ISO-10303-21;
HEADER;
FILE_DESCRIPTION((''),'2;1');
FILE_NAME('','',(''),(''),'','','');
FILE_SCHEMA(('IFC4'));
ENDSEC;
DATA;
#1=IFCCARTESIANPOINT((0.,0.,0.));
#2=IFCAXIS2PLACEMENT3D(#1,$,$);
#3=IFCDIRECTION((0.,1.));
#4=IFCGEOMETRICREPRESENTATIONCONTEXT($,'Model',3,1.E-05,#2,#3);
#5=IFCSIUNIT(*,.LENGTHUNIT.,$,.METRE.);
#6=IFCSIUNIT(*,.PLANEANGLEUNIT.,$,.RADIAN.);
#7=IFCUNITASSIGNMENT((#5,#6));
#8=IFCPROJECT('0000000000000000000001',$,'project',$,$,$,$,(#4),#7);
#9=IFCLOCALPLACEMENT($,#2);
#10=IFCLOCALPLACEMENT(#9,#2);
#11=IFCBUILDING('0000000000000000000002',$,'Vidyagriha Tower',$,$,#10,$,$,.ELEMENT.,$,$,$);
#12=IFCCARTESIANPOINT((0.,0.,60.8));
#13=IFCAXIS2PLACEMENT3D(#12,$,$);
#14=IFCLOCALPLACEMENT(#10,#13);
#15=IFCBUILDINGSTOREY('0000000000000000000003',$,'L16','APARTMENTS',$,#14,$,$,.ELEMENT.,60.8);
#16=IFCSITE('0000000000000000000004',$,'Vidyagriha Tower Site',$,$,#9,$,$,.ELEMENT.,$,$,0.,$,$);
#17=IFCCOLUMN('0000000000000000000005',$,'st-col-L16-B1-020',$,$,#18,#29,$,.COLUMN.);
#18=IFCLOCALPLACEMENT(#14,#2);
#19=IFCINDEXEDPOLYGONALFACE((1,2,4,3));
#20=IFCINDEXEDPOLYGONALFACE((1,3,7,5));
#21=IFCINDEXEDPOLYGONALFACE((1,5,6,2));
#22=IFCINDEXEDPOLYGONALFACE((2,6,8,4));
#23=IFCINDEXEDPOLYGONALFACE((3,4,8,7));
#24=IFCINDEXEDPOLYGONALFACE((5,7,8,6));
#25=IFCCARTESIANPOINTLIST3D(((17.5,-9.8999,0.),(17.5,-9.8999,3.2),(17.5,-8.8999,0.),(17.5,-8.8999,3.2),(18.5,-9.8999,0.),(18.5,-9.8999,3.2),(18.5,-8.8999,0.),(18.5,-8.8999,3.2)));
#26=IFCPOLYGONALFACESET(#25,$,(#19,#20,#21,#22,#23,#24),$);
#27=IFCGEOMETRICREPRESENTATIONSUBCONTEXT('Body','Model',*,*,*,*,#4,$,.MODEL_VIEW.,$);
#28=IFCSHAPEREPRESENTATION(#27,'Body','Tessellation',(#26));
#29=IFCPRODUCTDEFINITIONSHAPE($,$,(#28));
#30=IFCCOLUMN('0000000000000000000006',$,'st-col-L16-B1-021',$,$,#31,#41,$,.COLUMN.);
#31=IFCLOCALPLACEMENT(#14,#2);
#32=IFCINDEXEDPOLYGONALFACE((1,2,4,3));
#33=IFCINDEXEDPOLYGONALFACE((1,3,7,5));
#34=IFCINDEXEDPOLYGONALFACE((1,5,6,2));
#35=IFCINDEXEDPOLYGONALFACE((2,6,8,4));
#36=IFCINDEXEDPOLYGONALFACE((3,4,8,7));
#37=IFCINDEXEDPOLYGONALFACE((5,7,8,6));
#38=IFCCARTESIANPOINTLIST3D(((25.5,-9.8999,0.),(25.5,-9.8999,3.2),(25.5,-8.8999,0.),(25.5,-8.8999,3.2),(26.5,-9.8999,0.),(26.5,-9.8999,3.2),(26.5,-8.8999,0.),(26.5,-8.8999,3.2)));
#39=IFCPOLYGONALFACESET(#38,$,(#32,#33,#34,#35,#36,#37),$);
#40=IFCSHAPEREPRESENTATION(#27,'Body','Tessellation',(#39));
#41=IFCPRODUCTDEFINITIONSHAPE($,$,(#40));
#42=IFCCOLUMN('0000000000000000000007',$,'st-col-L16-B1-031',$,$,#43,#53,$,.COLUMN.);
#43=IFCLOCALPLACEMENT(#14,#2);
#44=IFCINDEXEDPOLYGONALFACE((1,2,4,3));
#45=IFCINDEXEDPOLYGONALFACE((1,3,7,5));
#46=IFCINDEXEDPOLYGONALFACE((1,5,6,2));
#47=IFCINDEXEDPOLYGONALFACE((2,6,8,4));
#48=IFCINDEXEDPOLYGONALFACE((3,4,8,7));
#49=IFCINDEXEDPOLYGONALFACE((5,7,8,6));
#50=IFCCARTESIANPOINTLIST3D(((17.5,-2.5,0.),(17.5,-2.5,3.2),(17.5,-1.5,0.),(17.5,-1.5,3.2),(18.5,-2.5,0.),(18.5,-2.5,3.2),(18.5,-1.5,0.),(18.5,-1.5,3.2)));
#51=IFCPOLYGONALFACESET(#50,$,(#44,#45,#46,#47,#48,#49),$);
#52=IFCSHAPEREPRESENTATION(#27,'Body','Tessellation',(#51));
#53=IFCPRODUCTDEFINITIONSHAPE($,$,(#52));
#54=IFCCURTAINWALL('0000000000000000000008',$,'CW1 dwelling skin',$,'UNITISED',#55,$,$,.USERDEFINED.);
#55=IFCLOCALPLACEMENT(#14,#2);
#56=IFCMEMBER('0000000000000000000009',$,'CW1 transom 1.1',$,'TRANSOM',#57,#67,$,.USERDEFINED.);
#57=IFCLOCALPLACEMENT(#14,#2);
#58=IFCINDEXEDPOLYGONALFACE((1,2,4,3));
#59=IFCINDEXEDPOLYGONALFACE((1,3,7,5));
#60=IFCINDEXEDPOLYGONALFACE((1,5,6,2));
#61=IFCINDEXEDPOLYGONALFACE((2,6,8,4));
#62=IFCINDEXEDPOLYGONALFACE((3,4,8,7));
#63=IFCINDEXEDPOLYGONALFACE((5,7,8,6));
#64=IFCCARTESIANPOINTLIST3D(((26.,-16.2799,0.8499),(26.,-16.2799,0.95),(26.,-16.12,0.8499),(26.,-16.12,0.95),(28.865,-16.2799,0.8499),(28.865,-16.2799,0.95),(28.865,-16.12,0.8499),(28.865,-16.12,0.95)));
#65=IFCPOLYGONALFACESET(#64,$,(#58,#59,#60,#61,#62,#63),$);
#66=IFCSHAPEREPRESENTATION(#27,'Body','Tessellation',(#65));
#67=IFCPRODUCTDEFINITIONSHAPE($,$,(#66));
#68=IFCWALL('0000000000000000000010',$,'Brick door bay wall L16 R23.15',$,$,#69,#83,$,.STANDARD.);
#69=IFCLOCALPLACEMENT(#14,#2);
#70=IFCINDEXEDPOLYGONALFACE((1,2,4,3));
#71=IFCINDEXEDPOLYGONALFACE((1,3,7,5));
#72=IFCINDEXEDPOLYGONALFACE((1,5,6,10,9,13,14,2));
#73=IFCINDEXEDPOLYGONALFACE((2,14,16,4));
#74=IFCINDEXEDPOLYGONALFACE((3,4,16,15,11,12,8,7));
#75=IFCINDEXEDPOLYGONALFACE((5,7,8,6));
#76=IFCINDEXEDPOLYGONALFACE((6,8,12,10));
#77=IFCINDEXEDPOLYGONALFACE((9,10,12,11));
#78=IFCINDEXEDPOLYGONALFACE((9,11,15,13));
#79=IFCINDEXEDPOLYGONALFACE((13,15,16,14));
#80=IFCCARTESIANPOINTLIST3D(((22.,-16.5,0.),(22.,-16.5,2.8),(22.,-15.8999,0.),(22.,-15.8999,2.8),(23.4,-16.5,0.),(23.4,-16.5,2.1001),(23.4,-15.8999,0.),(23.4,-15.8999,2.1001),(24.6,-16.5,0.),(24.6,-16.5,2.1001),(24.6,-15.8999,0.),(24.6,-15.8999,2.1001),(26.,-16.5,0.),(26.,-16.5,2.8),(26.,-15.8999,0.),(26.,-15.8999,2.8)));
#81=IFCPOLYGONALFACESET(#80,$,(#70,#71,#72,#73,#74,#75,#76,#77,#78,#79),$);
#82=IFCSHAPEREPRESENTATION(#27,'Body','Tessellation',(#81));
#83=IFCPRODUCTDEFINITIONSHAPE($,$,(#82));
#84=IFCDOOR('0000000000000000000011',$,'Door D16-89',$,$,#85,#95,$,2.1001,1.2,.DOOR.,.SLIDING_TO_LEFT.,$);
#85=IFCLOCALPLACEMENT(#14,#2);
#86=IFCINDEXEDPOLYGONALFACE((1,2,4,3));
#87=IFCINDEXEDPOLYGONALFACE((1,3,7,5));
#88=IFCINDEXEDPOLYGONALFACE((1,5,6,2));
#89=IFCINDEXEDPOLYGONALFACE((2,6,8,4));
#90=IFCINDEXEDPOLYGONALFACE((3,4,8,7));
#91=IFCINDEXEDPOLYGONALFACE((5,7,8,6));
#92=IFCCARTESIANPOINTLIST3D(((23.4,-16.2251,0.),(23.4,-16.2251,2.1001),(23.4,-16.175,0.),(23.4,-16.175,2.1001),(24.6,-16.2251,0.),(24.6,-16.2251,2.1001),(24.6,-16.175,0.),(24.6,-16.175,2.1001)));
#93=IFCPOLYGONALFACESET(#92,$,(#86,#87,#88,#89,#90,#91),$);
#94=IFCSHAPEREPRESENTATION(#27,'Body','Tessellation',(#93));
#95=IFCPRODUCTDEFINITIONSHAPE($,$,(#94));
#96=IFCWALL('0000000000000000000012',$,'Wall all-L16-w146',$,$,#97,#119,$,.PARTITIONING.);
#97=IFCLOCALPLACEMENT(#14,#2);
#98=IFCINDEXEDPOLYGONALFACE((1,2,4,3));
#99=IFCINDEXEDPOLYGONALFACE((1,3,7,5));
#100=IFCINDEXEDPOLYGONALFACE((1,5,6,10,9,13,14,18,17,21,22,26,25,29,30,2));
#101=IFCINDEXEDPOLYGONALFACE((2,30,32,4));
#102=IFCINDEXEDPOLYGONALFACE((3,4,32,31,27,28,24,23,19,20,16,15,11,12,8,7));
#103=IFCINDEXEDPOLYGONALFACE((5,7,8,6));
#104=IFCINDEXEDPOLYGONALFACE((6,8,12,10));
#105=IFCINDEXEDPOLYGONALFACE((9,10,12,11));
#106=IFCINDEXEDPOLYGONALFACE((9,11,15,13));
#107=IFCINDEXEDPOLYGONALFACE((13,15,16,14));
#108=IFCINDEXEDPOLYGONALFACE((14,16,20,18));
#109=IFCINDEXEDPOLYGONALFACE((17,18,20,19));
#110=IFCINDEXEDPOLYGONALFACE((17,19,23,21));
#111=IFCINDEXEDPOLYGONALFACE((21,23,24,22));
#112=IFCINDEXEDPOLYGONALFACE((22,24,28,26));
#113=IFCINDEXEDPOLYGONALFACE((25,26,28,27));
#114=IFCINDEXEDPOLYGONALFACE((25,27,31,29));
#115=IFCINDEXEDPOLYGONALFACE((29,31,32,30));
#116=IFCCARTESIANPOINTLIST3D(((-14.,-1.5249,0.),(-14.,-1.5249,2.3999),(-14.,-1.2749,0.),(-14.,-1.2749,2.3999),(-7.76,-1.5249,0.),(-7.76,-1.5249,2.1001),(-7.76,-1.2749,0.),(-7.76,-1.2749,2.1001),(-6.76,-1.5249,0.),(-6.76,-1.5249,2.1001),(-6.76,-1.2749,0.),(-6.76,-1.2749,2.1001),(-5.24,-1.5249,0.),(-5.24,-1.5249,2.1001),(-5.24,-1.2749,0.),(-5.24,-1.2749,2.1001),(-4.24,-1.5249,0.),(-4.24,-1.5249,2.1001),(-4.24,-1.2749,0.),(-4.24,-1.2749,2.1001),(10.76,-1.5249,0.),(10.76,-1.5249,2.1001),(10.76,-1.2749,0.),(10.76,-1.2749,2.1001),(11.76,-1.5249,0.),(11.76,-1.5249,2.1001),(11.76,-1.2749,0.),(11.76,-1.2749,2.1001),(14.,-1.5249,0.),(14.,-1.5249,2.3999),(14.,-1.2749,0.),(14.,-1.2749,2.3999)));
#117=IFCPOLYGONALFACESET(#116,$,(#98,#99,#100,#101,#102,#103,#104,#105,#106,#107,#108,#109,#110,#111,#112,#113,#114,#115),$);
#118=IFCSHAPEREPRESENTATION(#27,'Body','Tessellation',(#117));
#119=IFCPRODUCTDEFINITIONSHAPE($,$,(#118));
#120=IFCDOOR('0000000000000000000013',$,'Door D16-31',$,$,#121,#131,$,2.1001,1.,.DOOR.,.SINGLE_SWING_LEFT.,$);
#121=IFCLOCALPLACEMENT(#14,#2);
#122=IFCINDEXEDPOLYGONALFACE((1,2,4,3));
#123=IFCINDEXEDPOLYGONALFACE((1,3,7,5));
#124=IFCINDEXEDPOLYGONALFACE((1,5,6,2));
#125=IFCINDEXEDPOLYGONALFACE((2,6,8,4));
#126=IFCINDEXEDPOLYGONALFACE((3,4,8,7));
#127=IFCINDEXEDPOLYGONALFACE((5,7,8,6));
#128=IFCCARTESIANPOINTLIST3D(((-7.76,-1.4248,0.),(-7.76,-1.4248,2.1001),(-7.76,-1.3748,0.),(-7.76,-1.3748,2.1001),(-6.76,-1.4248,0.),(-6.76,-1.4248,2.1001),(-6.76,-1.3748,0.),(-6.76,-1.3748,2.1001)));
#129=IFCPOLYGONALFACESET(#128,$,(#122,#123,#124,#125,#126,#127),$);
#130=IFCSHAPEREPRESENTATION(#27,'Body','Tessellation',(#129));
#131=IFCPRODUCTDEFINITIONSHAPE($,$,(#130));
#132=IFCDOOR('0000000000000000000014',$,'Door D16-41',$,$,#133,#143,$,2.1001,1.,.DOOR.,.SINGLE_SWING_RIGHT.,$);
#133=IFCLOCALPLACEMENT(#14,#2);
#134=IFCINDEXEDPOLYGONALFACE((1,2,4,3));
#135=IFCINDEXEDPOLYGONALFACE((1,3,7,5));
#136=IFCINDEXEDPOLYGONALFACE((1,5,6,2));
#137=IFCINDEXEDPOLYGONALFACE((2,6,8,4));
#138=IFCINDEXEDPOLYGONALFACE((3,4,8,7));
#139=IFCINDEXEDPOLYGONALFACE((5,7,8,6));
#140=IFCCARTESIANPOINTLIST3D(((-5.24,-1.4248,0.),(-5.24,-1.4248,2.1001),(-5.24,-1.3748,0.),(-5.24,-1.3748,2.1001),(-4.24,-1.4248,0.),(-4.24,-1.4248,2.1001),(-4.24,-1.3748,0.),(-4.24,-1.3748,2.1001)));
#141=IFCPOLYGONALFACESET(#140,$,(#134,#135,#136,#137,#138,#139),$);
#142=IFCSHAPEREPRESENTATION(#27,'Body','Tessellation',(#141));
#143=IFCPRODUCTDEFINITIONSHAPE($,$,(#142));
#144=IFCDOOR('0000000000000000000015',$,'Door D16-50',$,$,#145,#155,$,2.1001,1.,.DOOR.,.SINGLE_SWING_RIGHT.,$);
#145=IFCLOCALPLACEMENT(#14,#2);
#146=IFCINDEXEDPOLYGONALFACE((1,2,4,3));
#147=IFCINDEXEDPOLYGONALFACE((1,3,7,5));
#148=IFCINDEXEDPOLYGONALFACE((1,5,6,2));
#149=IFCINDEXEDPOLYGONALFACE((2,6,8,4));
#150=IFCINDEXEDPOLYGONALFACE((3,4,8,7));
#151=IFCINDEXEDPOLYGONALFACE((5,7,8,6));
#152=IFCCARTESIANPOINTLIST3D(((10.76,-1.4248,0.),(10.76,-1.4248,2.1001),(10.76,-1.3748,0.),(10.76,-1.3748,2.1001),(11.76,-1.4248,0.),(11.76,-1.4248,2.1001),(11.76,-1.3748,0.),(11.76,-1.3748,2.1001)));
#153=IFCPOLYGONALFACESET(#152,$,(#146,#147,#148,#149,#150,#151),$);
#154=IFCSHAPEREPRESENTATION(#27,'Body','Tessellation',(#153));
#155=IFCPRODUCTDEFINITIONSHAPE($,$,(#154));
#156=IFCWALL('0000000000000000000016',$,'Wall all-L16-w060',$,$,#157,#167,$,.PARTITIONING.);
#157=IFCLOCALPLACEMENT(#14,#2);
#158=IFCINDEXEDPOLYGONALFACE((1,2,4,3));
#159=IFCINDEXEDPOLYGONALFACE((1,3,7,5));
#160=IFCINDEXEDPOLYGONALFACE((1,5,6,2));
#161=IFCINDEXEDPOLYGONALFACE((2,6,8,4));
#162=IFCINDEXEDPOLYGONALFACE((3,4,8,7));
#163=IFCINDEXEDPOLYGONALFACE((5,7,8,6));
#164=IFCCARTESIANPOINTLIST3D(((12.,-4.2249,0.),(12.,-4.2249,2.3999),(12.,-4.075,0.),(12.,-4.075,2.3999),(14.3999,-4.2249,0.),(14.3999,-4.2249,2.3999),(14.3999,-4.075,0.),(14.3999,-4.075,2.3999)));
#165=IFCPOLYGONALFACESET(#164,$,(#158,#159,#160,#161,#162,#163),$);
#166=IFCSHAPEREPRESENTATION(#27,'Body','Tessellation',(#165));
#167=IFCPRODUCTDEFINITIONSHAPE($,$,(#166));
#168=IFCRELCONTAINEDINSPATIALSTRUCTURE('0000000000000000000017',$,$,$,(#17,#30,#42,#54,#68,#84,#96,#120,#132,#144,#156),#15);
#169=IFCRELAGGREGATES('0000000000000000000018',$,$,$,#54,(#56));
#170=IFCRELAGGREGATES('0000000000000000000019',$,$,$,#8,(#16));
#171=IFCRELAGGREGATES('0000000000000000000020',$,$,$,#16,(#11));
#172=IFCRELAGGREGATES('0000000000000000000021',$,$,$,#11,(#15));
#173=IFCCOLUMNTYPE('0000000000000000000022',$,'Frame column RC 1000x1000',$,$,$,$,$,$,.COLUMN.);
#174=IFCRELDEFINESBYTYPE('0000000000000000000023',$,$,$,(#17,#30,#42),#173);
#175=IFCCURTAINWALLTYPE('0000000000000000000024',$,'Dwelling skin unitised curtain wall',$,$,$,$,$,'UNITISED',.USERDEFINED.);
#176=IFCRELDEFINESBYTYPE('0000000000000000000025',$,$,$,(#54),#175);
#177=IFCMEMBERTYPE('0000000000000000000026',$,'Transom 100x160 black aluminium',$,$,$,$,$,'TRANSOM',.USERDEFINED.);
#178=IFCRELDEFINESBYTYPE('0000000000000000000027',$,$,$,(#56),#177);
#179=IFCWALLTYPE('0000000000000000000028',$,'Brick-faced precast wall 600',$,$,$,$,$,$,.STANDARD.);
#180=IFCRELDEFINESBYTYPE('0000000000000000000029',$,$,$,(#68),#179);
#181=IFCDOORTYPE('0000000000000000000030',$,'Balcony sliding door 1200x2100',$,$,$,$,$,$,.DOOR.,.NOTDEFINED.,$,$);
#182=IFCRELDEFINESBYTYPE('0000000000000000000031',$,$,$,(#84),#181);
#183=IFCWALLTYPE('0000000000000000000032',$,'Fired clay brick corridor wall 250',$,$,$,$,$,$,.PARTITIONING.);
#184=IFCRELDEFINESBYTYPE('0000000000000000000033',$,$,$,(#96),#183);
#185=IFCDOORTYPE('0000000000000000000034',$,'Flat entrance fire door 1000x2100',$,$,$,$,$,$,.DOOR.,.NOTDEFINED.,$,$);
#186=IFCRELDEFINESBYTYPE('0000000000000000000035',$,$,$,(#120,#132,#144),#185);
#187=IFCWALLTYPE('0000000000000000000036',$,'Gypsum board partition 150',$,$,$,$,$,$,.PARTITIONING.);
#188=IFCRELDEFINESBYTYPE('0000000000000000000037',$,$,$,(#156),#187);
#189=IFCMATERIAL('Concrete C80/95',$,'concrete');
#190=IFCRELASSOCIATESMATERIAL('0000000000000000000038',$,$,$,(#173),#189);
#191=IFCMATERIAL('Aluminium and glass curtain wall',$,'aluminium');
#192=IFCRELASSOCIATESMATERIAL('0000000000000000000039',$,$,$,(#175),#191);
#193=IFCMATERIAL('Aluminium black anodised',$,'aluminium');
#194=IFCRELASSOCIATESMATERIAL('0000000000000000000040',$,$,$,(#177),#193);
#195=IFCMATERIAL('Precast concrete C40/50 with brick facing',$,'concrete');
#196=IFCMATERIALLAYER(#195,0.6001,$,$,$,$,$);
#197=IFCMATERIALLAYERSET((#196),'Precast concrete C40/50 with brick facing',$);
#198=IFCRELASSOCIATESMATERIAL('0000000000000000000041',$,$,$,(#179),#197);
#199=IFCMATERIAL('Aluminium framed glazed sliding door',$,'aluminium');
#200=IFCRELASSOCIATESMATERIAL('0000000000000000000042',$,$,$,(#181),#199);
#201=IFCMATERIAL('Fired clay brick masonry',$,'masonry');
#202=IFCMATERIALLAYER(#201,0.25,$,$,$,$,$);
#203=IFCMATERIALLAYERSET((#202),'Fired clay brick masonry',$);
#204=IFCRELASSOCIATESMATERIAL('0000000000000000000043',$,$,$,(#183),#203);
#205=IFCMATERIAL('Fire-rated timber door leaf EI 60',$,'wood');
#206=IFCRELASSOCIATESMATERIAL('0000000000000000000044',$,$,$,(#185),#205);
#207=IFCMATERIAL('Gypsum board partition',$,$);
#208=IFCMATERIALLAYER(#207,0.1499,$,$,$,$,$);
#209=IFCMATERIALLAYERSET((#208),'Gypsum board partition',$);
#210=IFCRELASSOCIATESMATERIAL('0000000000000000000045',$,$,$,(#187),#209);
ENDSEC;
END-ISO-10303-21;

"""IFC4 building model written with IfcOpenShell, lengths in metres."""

from ifc_helpers import new_model, si_unit, direction, frame, frame_2d, origin, origin_2d, place, context, subcontext, project, spatial, rectangle, extrude, material, layer, layer_set, material_profile, profile_set, type_object, element, fill, aggregate, save


model = new_model("IFC4")

# Units and contexts
model_context = context("Model", 3, precision=1e-05, world=origin(), true_north=direction((0.0, 1.0)))
body_context = subcontext(model_context, "Body", "Model", "MODEL_VIEW")
ifc_project = project(units=[si_unit("LENGTHUNIT", "METRE"), si_unit("PLANEANGLEUNIT", "RADIAN")], contexts=[model_context])

# Site, building, storey
site_placement = place(None, origin())
site = spatial("IfcSite", under=ifc_project, at=site_placement, Name="Vidyagriha Tower Site", CompositionType="ELEMENT", RefElevation=0.0)
building_placement = place(site_placement, origin())
building = spatial("IfcBuilding", under=site, at=building_placement, Name="Vidyagriha Tower", CompositionType="ELEMENT")
storey_placement = place(building_placement, frame((0.0, 0.0, 60.8)))
storey = spatial("IfcBuildingStorey", under=building, at=storey_placement, Name="L16", Description="APARTMENTS", CompositionType="ELEMENT", Elevation=60.8)

# Columns
ifc_material_1 = material(Name="Concrete C80/95", Category="concrete")
ifc_material_profile_1 = material_profile(ifc_material_1, rectangle(XDim=1.0, YDim=1.0, at=origin_2d()), Name="RC 1000x1000")
ifc_profile_set_1 = profile_set([ifc_material_profile_1], Name="Concrete C80/95")
column_type = type_object("IfcColumnType", Name="Frame column RC 1000x1000", PredefinedType="COLUMN", material=ifc_profile_set_1)
for number, where, name in (
    (1, (18.0, -9.3999, 0.0), "st-col-L16-B1-020"),
    (2, (26.0, -9.3999, 0.0), "st-col-L16-B1-021"),
    (3, (18.0, -2.0, 0.0), "st-col-L16-B1-031"),
):
    element("IfcColumn", number, at=place(storey_placement, frame(where)), inside=storey, type_object=column_type, Name=name, PredefinedType="COLUMN", context=body_context, shape_type="SweptSolid", body=[
        extrude(rectangle(XDim=1.0, YDim=1.0, at=origin_2d()), origin(), (0.0, 0.0, 1.0), 3.2),
    ])

# Curtain wall, member
ifc_material_2 = material(Name="Aluminium and glass curtain wall", Category="aluminium")
curtain_wall_type = type_object("IfcCurtainWallType", Name="Dwelling skin unitised curtain wall", ElementType="UNITISED", PredefinedType="USERDEFINED", material=ifc_material_2)
curtain_wall_placement = place(storey_placement, origin())
curtain_wall = element("IfcCurtainWall", 4, at=curtain_wall_placement, inside=storey, type_object=curtain_wall_type, Name="CW1 dwelling skin", ObjectType="UNITISED", PredefinedType="USERDEFINED")
ifc_material_3 = material(Name="Aluminium black anodised", Category="aluminium")
ifc_material_profile_2 = material_profile(ifc_material_3, rectangle(XDim=0.1599, YDim=0.1001, at=origin_2d()), Name="Transom 100x160 black aluminium")
ifc_profile_set_2 = profile_set([ifc_material_profile_2], Name="Aluminium black anodised")
member_type = type_object("IfcMemberType", Name="Transom 100x160 black aluminium", ElementType="TRANSOM", PredefinedType="USERDEFINED", material=ifc_profile_set_2)
member_placement = place(storey_placement, frame((26.0, -16.2, 0.8999), z_axis=(1.0, 0.0, 0.0), x_axis=(0.0, 1.0, 0.0)))
member = element("IfcMember", 5, at=member_placement, type_object=member_type, Name="CW1 transom 1.1", ObjectType="TRANSOM", PredefinedType="USERDEFINED", context=body_context, shape_type="SweptSolid", body=[
    extrude(rectangle(XDim=0.1599, YDim=0.1001, at=origin_2d()), origin(), (0.0, 0.0, 1.0), 2.865),
])
aggregate(curtain_wall, [member])

# Wall, opening, door
ifc_material_4 = material(Name="Precast concrete C40/50 with brick facing", Category="concrete")
ifc_layer_1 = layer(ifc_material_4, 0.6001)
ifc_layer_set_1 = layer_set([ifc_layer_1], Name="Precast concrete C40/50 with brick facing")
wall_type_1 = type_object("IfcWallType", Name="Brick-faced precast wall 600", PredefinedType="STANDARD", material=ifc_layer_set_1)
wall_1_placement = place(storey_placement, frame((22.0, -16.2, 0.0)))
wall_1 = element("IfcWall", 6, at=wall_1_placement, inside=storey, type_object=wall_type_1, Name="Brick door bay wall L16 R23.15", PredefinedType="STANDARD", context=body_context, shape_type="SweptSolid", body=[
    extrude(rectangle(XDim=4.0, YDim=0.6001, at=frame_2d((2.0, 0.0))), origin(), (0.0, 0.0, 1.0), 2.8),
])
opening_1_placement = place(wall_1_placement, frame((1.3999, 0.0, 0.0)))
opening_1 = element("IfcOpeningElement", 7, at=opening_1_placement, cuts=wall_1, PredefinedType="OPENING", context=body_context, shape_type="SweptSolid", body=[
    extrude(rectangle(XDim=1.2, YDim=2.1001, at=frame_2d((0.6001, 1.05))), frame((0.0, 0.3101, 0.0), z_axis=(0.0, -1.0, 0.0), x_axis=(1.0, 0.0, 0.0)), (0.0, 0.0, 1.0), 0.6201),
])
ifc_material_5 = material(Name="Aluminium framed glazed sliding door", Category="aluminium")
door_type_1 = type_object("IfcDoorType", Name="Balcony sliding door 1200x2100", OperationType="NOTDEFINED", PredefinedType="DOOR", material=ifc_material_5)
door_1_placement = place(opening_1_placement, origin())
door_1 = element("IfcDoor", 8, at=door_1_placement, inside=storey, type_object=door_type_1, Name="Door D16-89", OperationType="SLIDING_TO_LEFT", OverallHeight=2.1001, OverallWidth=1.2, PredefinedType="DOOR", context=body_context, shape_type="SweptSolid", body=[
    extrude(rectangle(XDim=1.2, YDim=2.1001, at=frame_2d((0.6001, 1.05))), frame((0.0, 0.0249, 0.0), z_axis=(0.0, -1.0, 0.0), x_axis=(1.0, 0.0, 0.0)), (0.0, 0.0, 1.0), 0.05),
])
fill(opening_1, door_1)

# Wall, openings, doors
ifc_material_6 = material(Name="Fired clay brick masonry", Category="masonry")
ifc_layer_2 = layer(ifc_material_6, 0.25)
ifc_layer_set_2 = layer_set([ifc_layer_2], Name="Fired clay brick masonry")
wall_type_2 = type_object("IfcWallType", Name="Fired clay brick corridor wall 250", PredefinedType="PARTITIONING", material=ifc_layer_set_2)
wall_2_placement = place(storey_placement, frame((14.0, -1.3999, 0.0), z_axis=(0.0, 0.0, 1.0), x_axis=(-1.0, 0.0, 0.0)))
wall_2 = element("IfcWall", 9, at=wall_2_placement, inside=storey, type_object=wall_type_2, Name="Wall all-L16-w146", PredefinedType="PARTITIONING", context=body_context, shape_type="SweptSolid", body=[
    extrude(rectangle(XDim=28.0, YDim=0.25, at=frame_2d((14.0, 0.0))), origin(), (0.0, 0.0, 1.0), 2.3999),
])
opening_2_placement = place(wall_2_placement, frame((20.76, 0.0, 0.0)))
opening_2 = element("IfcOpeningElement", 10, at=opening_2_placement, cuts=wall_2, PredefinedType="OPENING", context=body_context, shape_type="SweptSolid", body=[
    extrude(rectangle(XDim=1.0, YDim=2.1001, at=frame_2d((0.5, 1.05))), frame((0.0, 0.135, 0.0), z_axis=(0.0, -1.0, 0.0), x_axis=(1.0, 0.0, 0.0)), (0.0, 0.0, 1.0), 0.27),
])
opening_3_placement = place(wall_2_placement, frame((18.24, 0.0, 0.0)))
opening_3 = element("IfcOpeningElement", 11, at=opening_3_placement, cuts=wall_2, PredefinedType="OPENING", context=body_context, shape_type="SweptSolid", body=[
    extrude(rectangle(XDim=1.0, YDim=2.1001, at=frame_2d((0.5, 1.05))), frame((0.0, 0.135, 0.0), z_axis=(0.0, -1.0, 0.0), x_axis=(1.0, 0.0, 0.0)), (0.0, 0.0, 1.0), 0.27),
])
opening_4_placement = place(wall_2_placement, frame((2.24, 0.0, 0.0)))
opening_4 = element("IfcOpeningElement", 12, at=opening_4_placement, cuts=wall_2, PredefinedType="OPENING", context=body_context, shape_type="SweptSolid", body=[
    extrude(rectangle(XDim=1.0, YDim=2.1001, at=frame_2d((0.5, 1.05))), frame((0.0, 0.135, 0.0), z_axis=(0.0, -1.0, 0.0), x_axis=(1.0, 0.0, 0.0)), (0.0, 0.0, 1.0), 0.27),
])
ifc_material_7 = material(Name="Fire-rated timber door leaf EI 60", Category="wood")
door_type_2 = type_object("IfcDoorType", Name="Flat entrance fire door 1000x2100", OperationType="NOTDEFINED", PredefinedType="DOOR", material=ifc_material_7)
door_2_placement = place(opening_2_placement, origin())
door_2 = element("IfcDoor", 13, at=door_2_placement, inside=storey, type_object=door_type_2, Name="Door D16-31", OperationType="SINGLE_SWING_LEFT", OverallHeight=2.1001, OverallWidth=1.0, PredefinedType="DOOR", context=body_context, shape_type="SweptSolid", body=[
    extrude(rectangle(XDim=1.0, YDim=2.1001, at=frame_2d((0.5, 1.05))), frame((0.0, 0.0249, 0.0), z_axis=(0.0, -1.0, 0.0), x_axis=(1.0, 0.0, 0.0)), (0.0, 0.0, 1.0), 0.05),
])
fill(opening_2, door_2)
door_3_placement = place(opening_3_placement, origin())
door_3 = element("IfcDoor", 14, at=door_3_placement, inside=storey, type_object=door_type_2, Name="Door D16-41", OperationType="SINGLE_SWING_RIGHT", OverallHeight=2.1001, OverallWidth=1.0, PredefinedType="DOOR", context=body_context, shape_type="SweptSolid", body=[
    extrude(rectangle(XDim=1.0, YDim=2.1001, at=frame_2d((0.5, 1.05))), frame((0.0, 0.0249, 0.0), z_axis=(0.0, -1.0, 0.0), x_axis=(1.0, 0.0, 0.0)), (0.0, 0.0, 1.0), 0.05),
])
fill(opening_3, door_3)
door_4_placement = place(opening_4_placement, origin())
door_4 = element("IfcDoor", 15, at=door_4_placement, inside=storey, type_object=door_type_2, Name="Door D16-50", OperationType="SINGLE_SWING_RIGHT", OverallHeight=2.1001, OverallWidth=1.0, PredefinedType="DOOR", context=body_context, shape_type="SweptSolid", body=[
    extrude(rectangle(XDim=1.0, YDim=2.1001, at=frame_2d((0.5, 1.05))), frame((0.0, 0.0249, 0.0), z_axis=(0.0, -1.0, 0.0), x_axis=(1.0, 0.0, 0.0)), (0.0, 0.0, 1.0), 0.05),
])
fill(opening_4, door_4)

# Wall
ifc_material_8 = material(Name="Gypsum board partition")
ifc_layer_3 = layer(ifc_material_8, 0.1499)
ifc_layer_set_3 = layer_set([ifc_layer_3], Name="Gypsum board partition")
wall_type_3 = type_object("IfcWallType", Name="Gypsum board partition 150", PredefinedType="PARTITIONING", material=ifc_layer_set_3)
wall_3_placement = place(storey_placement, frame((14.3999, -4.1499, 0.0), z_axis=(0.0, 0.0, 1.0), x_axis=(-1.0, 0.0, 0.0)))
element("IfcWall", 16, at=wall_3_placement, inside=storey, type_object=wall_type_3, Name="Wall all-L16-w060", PredefinedType="PARTITIONING", context=body_context, shape_type="SweptSolid", body=[
    extrude(rectangle(XDim=2.3999, YDim=0.1499, at=frame_2d((1.2, 0.0))), origin(), (0.0, 0.0, 1.0), 2.3999),
])

save(model, "model.ifc")
